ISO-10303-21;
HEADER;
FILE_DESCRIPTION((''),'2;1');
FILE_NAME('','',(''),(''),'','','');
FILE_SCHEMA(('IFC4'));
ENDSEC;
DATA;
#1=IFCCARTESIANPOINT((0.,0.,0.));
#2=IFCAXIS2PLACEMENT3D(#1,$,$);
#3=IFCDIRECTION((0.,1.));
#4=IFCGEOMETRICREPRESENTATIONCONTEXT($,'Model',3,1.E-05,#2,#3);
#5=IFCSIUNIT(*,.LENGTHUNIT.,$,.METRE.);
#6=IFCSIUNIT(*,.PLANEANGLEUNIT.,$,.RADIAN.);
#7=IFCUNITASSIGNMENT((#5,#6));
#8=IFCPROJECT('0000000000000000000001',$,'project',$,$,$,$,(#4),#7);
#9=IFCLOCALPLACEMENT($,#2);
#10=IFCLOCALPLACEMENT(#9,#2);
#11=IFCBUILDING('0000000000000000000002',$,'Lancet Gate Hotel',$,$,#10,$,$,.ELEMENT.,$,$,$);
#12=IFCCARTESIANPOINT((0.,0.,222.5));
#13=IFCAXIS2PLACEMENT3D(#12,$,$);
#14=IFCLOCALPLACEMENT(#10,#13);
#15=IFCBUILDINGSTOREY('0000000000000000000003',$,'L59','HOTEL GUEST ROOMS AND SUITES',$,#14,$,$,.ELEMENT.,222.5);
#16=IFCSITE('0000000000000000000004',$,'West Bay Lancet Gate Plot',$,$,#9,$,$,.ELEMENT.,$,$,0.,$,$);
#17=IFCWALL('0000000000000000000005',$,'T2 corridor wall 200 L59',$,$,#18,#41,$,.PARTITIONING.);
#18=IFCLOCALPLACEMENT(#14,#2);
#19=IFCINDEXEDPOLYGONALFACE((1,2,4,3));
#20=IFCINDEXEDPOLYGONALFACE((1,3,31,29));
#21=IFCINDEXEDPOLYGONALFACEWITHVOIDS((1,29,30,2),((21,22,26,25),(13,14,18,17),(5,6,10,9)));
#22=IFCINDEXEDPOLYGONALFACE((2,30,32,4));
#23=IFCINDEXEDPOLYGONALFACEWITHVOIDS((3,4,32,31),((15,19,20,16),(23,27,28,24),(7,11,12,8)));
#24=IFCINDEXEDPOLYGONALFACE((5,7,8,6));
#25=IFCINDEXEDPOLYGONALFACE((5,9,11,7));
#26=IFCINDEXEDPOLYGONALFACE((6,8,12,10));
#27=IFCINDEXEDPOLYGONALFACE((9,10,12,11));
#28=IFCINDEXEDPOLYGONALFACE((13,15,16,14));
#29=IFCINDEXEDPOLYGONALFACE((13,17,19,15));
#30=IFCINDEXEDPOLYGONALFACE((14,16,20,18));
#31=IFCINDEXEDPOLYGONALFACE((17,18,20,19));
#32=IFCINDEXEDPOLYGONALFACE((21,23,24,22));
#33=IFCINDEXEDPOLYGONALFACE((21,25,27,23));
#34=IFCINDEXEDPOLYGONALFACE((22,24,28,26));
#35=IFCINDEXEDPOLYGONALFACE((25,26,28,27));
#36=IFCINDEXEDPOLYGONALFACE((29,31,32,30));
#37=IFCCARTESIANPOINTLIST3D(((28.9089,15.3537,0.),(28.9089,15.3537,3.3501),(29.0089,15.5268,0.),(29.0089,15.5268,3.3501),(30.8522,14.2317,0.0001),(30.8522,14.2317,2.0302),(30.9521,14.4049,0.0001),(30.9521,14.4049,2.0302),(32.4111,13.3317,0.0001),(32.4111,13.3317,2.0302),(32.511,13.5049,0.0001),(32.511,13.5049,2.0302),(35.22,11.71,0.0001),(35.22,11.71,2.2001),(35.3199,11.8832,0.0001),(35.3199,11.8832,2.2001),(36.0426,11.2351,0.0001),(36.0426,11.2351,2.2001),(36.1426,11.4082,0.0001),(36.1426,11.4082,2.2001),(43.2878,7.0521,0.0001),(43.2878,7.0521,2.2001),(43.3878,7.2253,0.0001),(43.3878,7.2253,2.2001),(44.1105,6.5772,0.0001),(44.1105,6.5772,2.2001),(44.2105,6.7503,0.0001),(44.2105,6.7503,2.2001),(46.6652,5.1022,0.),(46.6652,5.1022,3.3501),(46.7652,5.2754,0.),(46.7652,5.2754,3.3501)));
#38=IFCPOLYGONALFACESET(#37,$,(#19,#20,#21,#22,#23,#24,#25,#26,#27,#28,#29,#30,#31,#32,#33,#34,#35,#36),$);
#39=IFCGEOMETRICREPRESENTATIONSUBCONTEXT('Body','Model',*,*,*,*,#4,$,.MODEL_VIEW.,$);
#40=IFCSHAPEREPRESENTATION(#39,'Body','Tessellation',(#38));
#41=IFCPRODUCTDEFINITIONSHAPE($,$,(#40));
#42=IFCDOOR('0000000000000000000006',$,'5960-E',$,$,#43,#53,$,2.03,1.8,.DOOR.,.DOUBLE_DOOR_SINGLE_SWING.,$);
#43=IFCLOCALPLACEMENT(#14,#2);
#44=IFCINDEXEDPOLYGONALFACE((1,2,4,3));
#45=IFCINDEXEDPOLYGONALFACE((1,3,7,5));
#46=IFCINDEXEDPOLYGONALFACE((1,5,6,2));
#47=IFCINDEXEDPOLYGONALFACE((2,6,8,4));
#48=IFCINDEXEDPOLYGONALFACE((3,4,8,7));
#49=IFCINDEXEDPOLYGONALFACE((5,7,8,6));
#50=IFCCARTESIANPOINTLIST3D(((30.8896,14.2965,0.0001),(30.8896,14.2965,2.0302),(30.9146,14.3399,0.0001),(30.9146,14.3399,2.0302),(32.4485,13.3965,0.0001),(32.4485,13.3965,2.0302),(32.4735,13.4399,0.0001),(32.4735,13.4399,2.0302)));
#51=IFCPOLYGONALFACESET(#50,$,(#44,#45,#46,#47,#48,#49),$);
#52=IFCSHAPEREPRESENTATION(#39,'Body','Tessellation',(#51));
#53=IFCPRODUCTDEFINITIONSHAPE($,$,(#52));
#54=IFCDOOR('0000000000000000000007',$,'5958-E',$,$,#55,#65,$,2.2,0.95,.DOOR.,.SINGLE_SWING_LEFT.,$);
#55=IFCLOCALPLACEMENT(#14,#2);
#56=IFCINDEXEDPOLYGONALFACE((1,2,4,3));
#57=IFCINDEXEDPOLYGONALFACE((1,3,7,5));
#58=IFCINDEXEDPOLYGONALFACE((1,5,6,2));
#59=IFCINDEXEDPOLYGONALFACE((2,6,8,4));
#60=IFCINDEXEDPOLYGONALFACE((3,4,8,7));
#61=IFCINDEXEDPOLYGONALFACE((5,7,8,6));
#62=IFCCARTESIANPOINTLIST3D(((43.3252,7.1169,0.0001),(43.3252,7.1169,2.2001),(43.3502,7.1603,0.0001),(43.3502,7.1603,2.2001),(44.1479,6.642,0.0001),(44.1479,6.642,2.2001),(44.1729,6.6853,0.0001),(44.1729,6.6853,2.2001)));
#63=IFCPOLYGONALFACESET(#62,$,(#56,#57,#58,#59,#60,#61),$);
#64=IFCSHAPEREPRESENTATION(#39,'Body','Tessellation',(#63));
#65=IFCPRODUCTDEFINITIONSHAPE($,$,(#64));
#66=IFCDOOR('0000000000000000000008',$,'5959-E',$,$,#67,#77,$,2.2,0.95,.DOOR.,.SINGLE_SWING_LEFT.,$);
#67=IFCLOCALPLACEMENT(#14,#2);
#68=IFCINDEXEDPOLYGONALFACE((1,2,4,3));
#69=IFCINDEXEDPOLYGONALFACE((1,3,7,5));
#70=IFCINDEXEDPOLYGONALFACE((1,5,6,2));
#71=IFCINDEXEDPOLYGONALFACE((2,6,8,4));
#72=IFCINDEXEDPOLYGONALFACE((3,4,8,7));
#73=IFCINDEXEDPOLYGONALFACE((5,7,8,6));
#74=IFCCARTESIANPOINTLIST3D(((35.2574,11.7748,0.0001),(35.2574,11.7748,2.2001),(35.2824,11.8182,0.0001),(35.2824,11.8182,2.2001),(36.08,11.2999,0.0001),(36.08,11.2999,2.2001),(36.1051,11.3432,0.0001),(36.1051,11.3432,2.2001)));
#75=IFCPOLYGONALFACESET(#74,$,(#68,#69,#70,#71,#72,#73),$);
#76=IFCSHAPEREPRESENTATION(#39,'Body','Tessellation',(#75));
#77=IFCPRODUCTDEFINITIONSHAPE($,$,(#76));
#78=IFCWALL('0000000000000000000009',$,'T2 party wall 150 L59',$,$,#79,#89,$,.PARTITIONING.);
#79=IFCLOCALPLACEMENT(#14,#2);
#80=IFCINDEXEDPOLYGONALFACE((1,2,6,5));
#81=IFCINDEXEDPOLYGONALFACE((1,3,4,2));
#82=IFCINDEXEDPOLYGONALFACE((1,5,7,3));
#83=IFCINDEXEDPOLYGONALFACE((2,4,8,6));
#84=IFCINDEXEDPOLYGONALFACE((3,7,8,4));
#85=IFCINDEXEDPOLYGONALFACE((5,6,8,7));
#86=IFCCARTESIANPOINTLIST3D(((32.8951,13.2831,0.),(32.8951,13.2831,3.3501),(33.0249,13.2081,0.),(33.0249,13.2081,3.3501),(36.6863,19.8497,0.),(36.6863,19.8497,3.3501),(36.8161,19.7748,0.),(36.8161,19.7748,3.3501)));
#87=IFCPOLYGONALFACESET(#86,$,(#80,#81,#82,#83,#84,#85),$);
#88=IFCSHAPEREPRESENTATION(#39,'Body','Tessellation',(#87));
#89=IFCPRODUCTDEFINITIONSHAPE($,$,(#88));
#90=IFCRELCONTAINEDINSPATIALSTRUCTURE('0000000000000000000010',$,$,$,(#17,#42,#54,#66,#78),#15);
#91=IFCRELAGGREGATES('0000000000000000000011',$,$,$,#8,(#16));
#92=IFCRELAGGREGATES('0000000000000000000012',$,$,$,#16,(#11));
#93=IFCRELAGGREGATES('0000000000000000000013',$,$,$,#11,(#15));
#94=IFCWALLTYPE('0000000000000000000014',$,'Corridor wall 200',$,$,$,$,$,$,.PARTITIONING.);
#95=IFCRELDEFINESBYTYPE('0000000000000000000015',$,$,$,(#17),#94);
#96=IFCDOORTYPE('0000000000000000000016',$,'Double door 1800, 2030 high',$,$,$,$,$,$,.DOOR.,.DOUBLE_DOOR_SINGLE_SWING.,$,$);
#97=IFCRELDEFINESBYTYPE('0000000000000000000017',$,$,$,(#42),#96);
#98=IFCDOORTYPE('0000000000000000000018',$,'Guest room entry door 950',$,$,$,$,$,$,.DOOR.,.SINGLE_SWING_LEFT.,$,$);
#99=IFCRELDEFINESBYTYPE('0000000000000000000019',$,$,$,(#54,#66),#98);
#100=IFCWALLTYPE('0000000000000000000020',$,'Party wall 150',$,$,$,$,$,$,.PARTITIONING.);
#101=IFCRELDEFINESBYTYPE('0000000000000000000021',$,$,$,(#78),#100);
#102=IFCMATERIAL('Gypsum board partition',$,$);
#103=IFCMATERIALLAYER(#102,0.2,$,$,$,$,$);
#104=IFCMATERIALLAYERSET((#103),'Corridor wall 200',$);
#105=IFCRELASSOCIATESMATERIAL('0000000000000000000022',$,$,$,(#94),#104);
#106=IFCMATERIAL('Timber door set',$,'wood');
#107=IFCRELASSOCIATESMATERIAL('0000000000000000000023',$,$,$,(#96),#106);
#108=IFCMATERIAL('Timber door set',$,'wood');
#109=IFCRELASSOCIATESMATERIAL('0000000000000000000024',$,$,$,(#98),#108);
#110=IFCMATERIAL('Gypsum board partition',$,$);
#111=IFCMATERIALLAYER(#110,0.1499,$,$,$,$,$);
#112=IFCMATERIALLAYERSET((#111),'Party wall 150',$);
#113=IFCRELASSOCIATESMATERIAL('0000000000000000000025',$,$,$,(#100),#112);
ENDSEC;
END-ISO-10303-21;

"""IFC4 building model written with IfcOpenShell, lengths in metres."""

from ifc_helpers import new_model, si_unit, direction, frame, frame_2d, origin, place, context, subcontext, project, spatial, rectangle, extrude, material, layer, layer_set, type_object, element, fill, save


model = new_model("IFC4")

# Units and contexts
model_context = context("Model", 3, precision=1e-05, world=origin(), true_north=direction((0.0, 1.0)))
body_context = subcontext(model_context, "Body", "Model", "MODEL_VIEW")
ifc_project = project(units=[si_unit("LENGTHUNIT", "METRE"), si_unit("PLANEANGLEUNIT", "RADIAN")], contexts=[model_context])

# Site, building, storey
site_placement = place(None, origin())
site = spatial("IfcSite", under=ifc_project, at=site_placement, Name="West Bay Lancet Gate Plot", CompositionType="ELEMENT", RefElevation=0.0)
building_placement = place(site_placement, origin())
building = spatial("IfcBuilding", under=site, at=building_placement, Name="Lancet Gate Hotel", CompositionType="ELEMENT")
storey_placement = place(building_placement, frame((0.0, 0.0, 222.5)))
storey = spatial("IfcBuildingStorey", under=building, at=storey_placement, Name="L59", Description="HOTEL GUEST ROOMS AND SUITES", CompositionType="ELEMENT", Elevation=222.5)

# Wall, openings, doors
ifc_material_1 = material(Name="Gypsum board partition")
ifc_layer_1 = layer(ifc_material_1, 0.2)
ifc_layer_set_1 = layer_set([ifc_layer_1], Name="Corridor wall 200")
wall_type_1 = type_object("IfcWallType", Name="Corridor wall 200", PredefinedType="PARTITIONING", material=ifc_layer_set_1)
wall_1_placement = place(storey_placement, frame((28.959, 15.4402, 0.0), z_axis=(0.0, 0.0, 1.0), x_axis=(0.866029, -0.499994, 0.0)))
wall_1 = element("IfcWall", 1, at=wall_1_placement, inside=storey, type_object=wall_type_1, Name="T2 corridor wall 200 L59", PredefinedType="PARTITIONING", context=body_context, shape_type="SweptSolid", body=[
    extrude(rectangle(XDim=20.5032, YDim=0.2, at=frame_2d((10.2515, 0.0))), origin(), (0.0, 0.0, 1.0), 3.3501),
])
opening_1_placement = place(wall_1_placement, frame((16.603, 0.0, 0.0)))
opening_1 = element("IfcOpeningElement", 2, at=opening_1_placement, cuts=wall_1, PredefinedType="OPENING", context=body_context, shape_type="SweptSolid", body=[
    extrude(rectangle(XDim=0.95, YDim=2.2, at=frame_2d((0.4751, 1.1001))), frame((0.0, 0.1099, 0.0), z_axis=(0.0, -1.0, 0.0), x_axis=(1.0, 0.0, 0.0)), (0.0, 0.0, 1.0), 0.22),
])
opening_2_placement = place(wall_1_placement, frame((7.2871, 0.0, 0.0)))
opening_2 = element("IfcOpeningElement", 3, at=opening_2_placement, cuts=wall_1, PredefinedType="OPENING", context=body_context, shape_type="SweptSolid", body=[
    extrude(rectangle(XDim=0.95, YDim=2.2, at=frame_2d((0.4751, 1.1001))), frame((0.0, 0.1099, 0.0), z_axis=(0.0, -1.0, 0.0), x_axis=(1.0, 0.0, 0.0)), (0.0, 0.0, 1.0), 0.22),
])
opening_3_placement = place(wall_1_placement, frame((2.2439, 0.0, 0.0)))
opening_3 = element("IfcOpeningElement", 4, at=opening_3_placement, cuts=wall_1, PredefinedType="OPENING", context=body_context, shape_type="SweptSolid", body=[
    extrude(rectangle(XDim=1.8, YDim=2.03, at=frame_2d((0.8999, 1.0151))), frame((0.0, 0.1099, 0.0), z_axis=(0.0, -1.0, 0.0), x_axis=(1.0, 0.0, 0.0)), (0.0, 0.0, 1.0), 0.22),
])
ifc_material_2 = material(Name="Timber door set", Category="wood")
door_type_1 = type_object("IfcDoorType", Name="Double door 1800, 2030 high", OperationType="DOUBLE_DOOR_SINGLE_SWING", PredefinedType="DOOR", material=ifc_material_2)
door_1_placement = place(opening_3_placement, origin())
door_1 = element("IfcDoor", 5, at=door_1_placement, inside=storey, type_object=door_type_1, Name="5960-E", OperationType="DOUBLE_DOOR_SINGLE_SWING", OverallHeight=2.03, OverallWidth=1.8, PredefinedType="DOOR", context=body_context, shape_type="SweptSolid", body=[
    extrude(rectangle(XDim=1.8, YDim=2.03, at=frame_2d((0.8999, 1.0151))), frame((0.0, 0.0249, 0.0), z_axis=(0.0, -1.0, 0.0), x_axis=(1.0, 0.0, 0.0)), (0.0, 0.0, 1.0), 0.05),
])
fill(opening_3, door_1)
ifc_material_3 = material(Name="Timber door set", Category="wood")
door_type_2 = type_object("IfcDoorType", Name="Guest room entry door 950", OperationType="SINGLE_SWING_LEFT", PredefinedType="DOOR", material=ifc_material_3)
door_2_placement = place(opening_1_placement, origin())
door_2 = element("IfcDoor", 6, at=door_2_placement, inside=storey, type_object=door_type_2, Name="5958-E", OperationType="SINGLE_SWING_LEFT", OverallHeight=2.2, OverallWidth=0.95, PredefinedType="DOOR", context=body_context, shape_type="SweptSolid", body=[
    extrude(rectangle(XDim=0.95, YDim=2.2, at=frame_2d((0.4751, 1.1001))), frame((0.0, 0.0249, 0.0), z_axis=(0.0, -1.0, 0.0), x_axis=(1.0, 0.0, 0.0)), (0.0, 0.0, 1.0), 0.05),
])
fill(opening_1, door_2)
door_3_placement = place(opening_2_placement, origin())
door_3 = element("IfcDoor", 7, at=door_3_placement, inside=storey, type_object=door_type_2, Name="5959-E", OperationType="SINGLE_SWING_LEFT", OverallHeight=2.2, OverallWidth=0.95, PredefinedType="DOOR", context=body_context, shape_type="SweptSolid", body=[
    extrude(rectangle(XDim=0.95, YDim=2.2, at=frame_2d((0.4751, 1.1001))), frame((0.0, 0.0249, 0.0), z_axis=(0.0, -1.0, 0.0), x_axis=(1.0, 0.0, 0.0)), (0.0, 0.0, 1.0), 0.05),
])
fill(opening_2, door_3)

# Wall
ifc_material_4 = material(Name="Gypsum board partition")
ifc_layer_2 = layer(ifc_material_4, 0.1499)
ifc_layer_set_2 = layer_set([ifc_layer_2], Name="Party wall 150")
wall_type_2 = type_object("IfcWallType", Name="Party wall 150", PredefinedType="PARTITIONING", material=ifc_layer_set_2)
wall_2_placement = place(storey_placement, frame((32.96, 13.2456, 0.0), z_axis=(0.0, 0.0, 1.0), x_axis=(0.5, 0.866025, 0.0)))
element("IfcWall", 8, at=wall_2_placement, inside=storey, type_object=wall_type_2, Name="T2 party wall 150 L59", PredefinedType="PARTITIONING", context=body_context, shape_type="SweptSolid", body=[
    extrude(rectangle(XDim=7.5825, YDim=0.1499, at=frame_2d((3.7913, 0.0))), origin(), (0.0, 0.0, 1.0), 3.3501),
])

save(model, "model.ifc")
